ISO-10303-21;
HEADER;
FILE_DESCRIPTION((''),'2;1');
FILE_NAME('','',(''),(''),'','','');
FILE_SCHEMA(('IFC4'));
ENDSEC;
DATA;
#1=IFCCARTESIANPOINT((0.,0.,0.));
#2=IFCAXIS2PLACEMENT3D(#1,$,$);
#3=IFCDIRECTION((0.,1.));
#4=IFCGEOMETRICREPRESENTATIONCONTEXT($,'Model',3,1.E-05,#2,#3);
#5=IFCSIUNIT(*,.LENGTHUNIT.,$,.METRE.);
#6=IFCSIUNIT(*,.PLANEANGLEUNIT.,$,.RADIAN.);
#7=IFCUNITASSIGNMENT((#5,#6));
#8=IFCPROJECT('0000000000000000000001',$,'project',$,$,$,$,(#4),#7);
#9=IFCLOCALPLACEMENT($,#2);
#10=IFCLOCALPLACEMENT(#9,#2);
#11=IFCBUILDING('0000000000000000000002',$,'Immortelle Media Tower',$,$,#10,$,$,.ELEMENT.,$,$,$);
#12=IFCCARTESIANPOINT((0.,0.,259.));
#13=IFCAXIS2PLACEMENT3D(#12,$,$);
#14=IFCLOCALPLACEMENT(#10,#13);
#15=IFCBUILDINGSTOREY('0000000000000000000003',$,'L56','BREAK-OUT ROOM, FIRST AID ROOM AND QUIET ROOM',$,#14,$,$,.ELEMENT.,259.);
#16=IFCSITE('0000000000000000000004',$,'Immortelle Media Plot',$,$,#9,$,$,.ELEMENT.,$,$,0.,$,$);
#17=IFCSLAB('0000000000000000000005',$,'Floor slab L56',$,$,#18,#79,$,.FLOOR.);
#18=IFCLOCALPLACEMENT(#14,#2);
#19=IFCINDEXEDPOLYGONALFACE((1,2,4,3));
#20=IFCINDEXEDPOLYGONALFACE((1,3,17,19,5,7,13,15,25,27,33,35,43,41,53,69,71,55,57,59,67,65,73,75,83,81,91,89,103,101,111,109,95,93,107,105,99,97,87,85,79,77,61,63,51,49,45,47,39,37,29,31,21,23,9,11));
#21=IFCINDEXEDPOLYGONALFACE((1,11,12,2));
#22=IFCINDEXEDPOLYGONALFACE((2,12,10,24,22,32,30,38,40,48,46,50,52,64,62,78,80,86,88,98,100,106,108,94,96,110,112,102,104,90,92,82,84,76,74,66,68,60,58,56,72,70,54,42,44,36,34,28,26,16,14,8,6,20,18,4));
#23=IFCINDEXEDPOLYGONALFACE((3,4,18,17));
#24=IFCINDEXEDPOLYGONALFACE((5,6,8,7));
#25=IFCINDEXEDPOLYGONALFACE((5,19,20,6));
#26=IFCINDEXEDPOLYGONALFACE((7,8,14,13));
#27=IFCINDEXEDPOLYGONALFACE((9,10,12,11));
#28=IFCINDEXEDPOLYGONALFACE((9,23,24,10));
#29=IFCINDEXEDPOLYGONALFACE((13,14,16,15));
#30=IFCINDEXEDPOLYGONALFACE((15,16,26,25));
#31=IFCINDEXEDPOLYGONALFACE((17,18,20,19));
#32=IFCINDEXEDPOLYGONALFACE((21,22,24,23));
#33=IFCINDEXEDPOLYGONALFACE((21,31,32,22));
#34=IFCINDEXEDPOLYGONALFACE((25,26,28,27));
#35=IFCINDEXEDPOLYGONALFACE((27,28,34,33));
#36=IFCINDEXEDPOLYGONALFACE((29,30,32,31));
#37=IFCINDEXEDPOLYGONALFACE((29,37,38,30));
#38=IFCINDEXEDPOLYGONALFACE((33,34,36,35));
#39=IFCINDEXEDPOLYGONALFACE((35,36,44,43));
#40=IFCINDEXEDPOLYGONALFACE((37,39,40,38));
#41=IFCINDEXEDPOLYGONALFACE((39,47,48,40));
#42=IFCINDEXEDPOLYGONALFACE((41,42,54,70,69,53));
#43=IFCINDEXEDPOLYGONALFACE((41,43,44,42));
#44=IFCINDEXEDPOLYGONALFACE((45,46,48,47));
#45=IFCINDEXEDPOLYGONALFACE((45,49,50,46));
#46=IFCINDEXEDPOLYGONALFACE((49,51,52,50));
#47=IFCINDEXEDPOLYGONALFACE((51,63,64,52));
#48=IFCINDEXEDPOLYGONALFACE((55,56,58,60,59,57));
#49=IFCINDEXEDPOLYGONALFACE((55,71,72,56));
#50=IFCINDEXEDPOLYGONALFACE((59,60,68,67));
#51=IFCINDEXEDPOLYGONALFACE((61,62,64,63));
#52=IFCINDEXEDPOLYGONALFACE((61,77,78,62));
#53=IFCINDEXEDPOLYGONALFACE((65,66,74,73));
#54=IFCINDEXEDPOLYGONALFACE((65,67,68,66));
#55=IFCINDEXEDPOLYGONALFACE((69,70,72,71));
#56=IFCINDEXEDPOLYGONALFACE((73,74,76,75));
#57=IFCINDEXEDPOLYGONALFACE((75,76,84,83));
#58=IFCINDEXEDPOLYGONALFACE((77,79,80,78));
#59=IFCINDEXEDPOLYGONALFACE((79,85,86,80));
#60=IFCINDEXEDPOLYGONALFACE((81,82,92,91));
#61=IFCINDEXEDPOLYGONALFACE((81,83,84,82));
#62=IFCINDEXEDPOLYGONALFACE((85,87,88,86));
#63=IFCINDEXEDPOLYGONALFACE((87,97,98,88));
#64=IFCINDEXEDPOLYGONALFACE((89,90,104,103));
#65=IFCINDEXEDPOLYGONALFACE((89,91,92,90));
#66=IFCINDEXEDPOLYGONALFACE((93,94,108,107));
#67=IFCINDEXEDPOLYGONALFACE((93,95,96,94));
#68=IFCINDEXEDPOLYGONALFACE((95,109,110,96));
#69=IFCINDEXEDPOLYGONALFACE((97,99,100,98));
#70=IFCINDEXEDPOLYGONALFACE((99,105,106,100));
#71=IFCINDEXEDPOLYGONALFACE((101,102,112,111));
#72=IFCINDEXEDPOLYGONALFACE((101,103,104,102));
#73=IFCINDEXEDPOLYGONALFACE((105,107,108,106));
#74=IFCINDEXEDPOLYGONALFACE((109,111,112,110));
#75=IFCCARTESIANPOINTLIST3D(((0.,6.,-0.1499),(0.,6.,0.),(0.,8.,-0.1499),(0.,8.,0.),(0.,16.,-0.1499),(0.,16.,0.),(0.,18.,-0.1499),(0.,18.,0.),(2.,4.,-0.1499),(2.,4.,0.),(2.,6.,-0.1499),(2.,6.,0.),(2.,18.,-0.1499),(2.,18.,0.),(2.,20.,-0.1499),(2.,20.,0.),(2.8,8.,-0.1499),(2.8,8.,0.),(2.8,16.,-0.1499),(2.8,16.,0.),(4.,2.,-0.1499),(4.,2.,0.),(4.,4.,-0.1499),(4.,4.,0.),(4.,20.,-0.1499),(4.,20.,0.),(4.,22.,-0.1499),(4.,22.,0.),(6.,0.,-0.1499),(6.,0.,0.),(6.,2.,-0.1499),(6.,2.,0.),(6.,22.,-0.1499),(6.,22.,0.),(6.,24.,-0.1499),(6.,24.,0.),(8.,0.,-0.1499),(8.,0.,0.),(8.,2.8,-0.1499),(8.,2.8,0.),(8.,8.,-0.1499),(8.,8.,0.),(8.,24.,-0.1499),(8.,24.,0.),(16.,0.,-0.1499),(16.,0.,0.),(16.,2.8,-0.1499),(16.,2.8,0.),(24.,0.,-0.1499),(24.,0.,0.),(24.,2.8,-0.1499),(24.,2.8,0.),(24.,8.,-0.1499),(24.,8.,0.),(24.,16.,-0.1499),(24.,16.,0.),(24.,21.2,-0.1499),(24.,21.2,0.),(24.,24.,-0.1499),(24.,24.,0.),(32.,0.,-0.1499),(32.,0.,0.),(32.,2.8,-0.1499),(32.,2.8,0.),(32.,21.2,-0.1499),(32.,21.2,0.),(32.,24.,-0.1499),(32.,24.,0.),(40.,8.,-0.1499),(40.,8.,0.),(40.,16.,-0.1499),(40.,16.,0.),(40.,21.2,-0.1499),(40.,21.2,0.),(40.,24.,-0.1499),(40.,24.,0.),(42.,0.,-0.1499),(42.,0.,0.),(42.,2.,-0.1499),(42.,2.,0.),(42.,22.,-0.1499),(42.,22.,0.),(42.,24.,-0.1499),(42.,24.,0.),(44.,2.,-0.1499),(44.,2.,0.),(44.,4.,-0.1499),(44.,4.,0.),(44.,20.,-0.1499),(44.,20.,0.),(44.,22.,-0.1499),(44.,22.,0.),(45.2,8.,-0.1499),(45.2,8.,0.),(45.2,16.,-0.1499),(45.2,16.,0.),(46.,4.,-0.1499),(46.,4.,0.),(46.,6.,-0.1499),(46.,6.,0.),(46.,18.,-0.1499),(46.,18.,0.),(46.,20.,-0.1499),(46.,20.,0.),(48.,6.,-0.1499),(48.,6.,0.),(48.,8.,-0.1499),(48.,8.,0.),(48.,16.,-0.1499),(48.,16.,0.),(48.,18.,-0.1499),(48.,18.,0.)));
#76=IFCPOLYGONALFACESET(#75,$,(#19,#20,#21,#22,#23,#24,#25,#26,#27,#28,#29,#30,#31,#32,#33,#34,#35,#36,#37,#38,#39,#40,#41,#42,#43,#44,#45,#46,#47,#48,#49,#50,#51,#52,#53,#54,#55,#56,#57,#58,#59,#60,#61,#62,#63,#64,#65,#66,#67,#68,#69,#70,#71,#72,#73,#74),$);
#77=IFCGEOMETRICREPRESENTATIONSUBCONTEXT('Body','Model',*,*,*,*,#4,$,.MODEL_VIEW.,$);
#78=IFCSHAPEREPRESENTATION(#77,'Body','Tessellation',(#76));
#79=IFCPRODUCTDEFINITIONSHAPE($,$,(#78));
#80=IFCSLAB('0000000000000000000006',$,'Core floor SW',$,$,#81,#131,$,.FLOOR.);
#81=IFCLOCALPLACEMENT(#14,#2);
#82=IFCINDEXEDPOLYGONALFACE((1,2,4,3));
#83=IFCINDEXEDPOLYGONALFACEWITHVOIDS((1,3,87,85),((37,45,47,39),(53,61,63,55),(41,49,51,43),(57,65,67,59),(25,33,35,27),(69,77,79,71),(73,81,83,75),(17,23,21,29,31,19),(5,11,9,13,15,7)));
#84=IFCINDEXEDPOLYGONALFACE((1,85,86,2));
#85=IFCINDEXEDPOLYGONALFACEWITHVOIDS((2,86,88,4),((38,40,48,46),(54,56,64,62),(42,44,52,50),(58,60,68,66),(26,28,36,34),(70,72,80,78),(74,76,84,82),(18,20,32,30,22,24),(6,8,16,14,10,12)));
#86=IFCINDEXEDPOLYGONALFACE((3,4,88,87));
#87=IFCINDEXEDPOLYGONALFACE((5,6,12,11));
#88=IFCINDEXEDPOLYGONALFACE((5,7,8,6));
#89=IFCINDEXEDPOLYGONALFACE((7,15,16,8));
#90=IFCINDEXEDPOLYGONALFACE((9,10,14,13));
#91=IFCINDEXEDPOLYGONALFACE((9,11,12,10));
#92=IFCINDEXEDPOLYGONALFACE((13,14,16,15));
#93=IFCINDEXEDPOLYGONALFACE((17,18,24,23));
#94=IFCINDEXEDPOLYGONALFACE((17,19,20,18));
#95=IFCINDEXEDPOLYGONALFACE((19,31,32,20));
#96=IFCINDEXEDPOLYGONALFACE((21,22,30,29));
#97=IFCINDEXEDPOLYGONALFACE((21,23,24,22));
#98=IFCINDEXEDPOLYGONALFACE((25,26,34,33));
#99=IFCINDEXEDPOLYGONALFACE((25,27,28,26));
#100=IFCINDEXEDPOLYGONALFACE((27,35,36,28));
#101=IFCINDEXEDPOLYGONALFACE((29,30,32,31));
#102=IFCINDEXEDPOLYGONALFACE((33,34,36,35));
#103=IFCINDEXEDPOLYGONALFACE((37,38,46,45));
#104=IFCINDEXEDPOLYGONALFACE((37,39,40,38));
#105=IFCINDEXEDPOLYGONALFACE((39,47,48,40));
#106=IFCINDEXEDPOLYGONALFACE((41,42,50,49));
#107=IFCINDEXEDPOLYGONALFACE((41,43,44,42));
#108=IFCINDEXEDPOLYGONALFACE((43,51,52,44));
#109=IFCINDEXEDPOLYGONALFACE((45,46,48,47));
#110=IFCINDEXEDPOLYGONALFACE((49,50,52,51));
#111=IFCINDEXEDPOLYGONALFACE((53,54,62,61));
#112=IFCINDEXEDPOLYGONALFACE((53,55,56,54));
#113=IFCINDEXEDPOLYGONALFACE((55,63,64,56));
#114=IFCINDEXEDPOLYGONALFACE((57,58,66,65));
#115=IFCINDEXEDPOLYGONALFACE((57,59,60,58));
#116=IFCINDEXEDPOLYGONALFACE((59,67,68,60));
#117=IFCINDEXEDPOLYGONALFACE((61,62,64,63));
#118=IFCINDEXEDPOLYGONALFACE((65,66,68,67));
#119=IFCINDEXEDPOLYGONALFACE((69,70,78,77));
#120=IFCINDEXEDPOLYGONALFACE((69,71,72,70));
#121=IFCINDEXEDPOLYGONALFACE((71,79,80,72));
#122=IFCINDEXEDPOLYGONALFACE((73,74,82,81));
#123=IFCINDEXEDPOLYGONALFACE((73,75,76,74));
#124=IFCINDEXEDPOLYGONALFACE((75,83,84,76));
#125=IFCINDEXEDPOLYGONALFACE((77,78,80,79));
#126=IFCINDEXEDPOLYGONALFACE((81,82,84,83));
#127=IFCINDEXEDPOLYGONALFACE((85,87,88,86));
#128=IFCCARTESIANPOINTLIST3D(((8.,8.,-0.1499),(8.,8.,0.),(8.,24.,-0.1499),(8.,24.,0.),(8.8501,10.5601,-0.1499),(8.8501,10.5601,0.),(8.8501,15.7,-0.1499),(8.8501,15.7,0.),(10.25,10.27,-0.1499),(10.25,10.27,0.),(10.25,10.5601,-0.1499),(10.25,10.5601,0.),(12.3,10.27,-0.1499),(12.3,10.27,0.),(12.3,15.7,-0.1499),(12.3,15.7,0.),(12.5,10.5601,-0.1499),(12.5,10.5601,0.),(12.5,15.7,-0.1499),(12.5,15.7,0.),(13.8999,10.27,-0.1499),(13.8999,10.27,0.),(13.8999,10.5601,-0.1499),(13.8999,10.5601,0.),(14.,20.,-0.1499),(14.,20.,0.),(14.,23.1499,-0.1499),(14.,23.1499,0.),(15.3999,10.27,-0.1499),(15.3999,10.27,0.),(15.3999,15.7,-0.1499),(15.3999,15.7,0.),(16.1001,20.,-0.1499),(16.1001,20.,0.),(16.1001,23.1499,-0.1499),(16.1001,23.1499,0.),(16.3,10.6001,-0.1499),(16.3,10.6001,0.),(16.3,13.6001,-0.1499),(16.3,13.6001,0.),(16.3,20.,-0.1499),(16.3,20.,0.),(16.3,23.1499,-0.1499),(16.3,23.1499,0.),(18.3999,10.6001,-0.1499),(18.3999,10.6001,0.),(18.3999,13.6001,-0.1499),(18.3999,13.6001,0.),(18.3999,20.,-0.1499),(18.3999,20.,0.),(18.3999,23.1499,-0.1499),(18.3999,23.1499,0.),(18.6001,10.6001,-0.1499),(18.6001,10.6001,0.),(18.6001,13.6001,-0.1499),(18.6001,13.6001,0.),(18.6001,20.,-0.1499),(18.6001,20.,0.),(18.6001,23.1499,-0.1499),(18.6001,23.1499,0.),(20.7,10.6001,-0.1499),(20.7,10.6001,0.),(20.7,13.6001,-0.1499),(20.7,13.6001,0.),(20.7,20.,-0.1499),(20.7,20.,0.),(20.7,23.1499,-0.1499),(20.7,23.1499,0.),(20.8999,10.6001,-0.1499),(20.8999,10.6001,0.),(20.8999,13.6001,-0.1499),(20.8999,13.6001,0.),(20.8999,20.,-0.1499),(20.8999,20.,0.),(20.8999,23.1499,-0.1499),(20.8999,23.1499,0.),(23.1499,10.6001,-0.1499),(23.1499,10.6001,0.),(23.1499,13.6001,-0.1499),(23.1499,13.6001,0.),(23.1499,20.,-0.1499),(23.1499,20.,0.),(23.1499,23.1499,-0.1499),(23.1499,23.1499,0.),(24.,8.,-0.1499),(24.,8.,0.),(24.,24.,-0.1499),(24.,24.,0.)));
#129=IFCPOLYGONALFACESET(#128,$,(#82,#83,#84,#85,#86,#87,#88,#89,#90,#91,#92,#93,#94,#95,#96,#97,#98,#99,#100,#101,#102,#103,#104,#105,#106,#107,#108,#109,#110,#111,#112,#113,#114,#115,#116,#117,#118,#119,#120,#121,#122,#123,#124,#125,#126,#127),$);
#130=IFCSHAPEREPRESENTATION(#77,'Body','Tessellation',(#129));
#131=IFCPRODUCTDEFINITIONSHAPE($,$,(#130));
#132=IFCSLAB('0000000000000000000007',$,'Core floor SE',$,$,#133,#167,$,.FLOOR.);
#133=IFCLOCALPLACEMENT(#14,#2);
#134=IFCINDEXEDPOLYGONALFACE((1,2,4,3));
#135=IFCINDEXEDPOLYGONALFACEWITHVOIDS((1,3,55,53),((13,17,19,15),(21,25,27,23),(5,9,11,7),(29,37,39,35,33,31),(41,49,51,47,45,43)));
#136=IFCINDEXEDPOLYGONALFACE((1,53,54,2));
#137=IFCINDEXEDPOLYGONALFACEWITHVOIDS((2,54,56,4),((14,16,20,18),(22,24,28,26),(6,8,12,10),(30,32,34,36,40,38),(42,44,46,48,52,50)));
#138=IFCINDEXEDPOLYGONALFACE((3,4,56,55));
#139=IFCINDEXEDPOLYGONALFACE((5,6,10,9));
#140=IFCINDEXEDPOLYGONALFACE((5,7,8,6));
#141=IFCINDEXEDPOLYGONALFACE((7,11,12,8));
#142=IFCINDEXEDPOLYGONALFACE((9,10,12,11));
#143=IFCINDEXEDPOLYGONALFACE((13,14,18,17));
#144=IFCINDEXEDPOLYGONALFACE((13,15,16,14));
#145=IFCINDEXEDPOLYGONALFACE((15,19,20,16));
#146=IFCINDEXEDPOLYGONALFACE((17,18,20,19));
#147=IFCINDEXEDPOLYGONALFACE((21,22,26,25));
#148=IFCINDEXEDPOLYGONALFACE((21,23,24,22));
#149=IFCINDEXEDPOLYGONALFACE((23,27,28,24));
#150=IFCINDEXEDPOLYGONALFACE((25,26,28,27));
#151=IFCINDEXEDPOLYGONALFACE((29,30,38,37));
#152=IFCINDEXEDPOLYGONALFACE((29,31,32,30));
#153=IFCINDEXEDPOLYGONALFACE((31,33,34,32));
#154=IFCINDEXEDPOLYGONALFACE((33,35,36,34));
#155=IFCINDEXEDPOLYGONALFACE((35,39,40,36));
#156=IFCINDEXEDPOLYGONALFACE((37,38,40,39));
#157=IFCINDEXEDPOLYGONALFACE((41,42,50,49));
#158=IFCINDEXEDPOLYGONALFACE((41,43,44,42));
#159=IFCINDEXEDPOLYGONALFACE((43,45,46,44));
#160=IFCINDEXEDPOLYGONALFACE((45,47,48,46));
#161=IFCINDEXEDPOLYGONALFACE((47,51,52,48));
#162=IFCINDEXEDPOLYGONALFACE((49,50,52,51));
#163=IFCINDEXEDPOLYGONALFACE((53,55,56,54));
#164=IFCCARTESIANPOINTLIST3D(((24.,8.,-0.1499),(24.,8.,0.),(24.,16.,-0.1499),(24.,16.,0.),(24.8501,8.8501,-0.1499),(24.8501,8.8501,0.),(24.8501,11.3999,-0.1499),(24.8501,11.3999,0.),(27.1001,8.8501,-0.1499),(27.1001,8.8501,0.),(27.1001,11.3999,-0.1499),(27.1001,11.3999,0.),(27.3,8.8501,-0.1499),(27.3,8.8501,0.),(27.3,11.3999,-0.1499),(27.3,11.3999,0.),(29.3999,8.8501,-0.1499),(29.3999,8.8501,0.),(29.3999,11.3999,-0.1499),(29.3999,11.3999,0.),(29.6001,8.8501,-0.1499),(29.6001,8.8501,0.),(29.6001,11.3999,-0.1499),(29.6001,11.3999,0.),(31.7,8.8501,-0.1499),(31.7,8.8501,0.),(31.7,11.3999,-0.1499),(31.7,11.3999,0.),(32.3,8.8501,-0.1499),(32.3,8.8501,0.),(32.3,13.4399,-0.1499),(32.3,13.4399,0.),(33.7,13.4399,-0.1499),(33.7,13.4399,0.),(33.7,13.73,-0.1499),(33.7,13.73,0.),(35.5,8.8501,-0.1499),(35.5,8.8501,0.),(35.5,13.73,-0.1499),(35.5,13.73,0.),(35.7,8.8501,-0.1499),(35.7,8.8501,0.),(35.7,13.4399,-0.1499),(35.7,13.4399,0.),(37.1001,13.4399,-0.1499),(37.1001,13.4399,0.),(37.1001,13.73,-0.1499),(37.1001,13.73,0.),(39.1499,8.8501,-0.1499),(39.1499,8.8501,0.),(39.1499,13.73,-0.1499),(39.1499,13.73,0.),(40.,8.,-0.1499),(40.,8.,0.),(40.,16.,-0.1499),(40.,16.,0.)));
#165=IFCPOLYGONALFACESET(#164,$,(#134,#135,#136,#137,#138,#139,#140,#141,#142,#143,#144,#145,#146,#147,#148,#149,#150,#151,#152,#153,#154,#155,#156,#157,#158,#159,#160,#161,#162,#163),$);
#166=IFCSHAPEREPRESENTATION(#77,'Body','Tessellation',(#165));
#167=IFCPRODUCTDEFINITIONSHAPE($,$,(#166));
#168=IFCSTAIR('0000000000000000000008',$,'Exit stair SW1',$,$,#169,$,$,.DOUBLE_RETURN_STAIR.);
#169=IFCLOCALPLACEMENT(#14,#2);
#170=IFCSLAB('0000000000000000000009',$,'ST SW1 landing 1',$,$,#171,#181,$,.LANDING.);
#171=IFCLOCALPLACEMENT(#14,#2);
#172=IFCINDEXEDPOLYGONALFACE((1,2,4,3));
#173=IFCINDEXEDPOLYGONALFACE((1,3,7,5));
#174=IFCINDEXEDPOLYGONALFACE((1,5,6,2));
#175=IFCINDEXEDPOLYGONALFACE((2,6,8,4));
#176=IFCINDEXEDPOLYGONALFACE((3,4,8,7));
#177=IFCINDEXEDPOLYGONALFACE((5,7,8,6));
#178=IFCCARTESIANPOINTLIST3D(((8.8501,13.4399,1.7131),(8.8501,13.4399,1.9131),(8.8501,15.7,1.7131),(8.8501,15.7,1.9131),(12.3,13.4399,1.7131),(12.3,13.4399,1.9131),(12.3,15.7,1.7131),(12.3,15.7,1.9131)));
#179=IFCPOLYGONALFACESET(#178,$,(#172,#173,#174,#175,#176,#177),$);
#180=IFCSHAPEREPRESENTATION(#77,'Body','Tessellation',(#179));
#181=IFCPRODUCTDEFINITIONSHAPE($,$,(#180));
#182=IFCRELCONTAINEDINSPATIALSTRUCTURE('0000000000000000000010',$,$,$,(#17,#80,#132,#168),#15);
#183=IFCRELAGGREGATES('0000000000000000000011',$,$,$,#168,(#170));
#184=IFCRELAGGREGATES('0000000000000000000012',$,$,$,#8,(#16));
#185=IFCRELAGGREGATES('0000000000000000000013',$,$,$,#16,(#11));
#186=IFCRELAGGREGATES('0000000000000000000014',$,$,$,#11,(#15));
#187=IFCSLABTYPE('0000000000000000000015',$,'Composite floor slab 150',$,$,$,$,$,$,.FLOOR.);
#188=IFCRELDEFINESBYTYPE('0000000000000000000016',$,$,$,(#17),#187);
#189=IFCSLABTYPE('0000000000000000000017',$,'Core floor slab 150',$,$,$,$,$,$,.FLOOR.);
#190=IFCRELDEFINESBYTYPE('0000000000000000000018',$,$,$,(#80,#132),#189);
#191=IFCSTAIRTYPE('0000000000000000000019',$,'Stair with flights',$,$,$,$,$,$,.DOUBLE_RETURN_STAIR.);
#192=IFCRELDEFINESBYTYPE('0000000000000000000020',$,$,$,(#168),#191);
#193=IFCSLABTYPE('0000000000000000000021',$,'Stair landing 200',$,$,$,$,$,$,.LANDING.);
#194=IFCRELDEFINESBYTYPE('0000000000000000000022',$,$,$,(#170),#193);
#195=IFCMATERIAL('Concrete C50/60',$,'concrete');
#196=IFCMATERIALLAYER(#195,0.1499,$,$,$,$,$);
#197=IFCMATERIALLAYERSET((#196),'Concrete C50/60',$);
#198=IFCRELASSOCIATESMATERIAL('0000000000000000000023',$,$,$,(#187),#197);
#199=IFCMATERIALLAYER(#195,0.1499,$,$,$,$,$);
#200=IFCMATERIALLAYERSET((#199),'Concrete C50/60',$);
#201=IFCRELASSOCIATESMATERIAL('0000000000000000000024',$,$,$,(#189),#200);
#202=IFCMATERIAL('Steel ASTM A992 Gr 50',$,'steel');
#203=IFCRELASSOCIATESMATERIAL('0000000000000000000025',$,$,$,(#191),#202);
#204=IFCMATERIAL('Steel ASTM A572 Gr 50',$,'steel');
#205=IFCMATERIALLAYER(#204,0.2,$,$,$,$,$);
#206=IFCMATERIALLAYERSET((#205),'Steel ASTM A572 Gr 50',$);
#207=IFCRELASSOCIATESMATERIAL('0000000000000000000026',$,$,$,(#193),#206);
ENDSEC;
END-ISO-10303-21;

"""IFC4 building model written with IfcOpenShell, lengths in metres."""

from ifc_helpers import new_model, si_unit, direction, frame, origin, place, context, subcontext, project, spatial, polyline, outline, extrude, material, layer, layer_set, type_object, element, aggregate, save


model = new_model("IFC4")

# Units and contexts
model_context = context("Model", 3, precision=1e-05, world=origin(), true_north=direction((0.0, 1.0)))
body_context = subcontext(model_context, "Body", "Model", "MODEL_VIEW")
ifc_project = project(units=[si_unit("LENGTHUNIT", "METRE"), si_unit("PLANEANGLEUNIT", "RADIAN")], contexts=[model_context])

# Site, building, storey
site_placement = place(None, origin())
site = spatial("IfcSite", under=ifc_project, at=site_placement, Name="Immortelle Media Plot", CompositionType="ELEMENT", RefElevation=0.0)
building_placement = place(site_placement, origin())
building = spatial("IfcBuilding", under=site, at=building_placement, Name="Immortelle Media Tower", CompositionType="ELEMENT")
storey_placement = place(building_placement, frame((0.0, 0.0, 259.0)))
storey = spatial("IfcBuildingStorey", under=building, at=storey_placement, Name="L56", Description="BREAK-OUT ROOM, FIRST AID ROOM AND QUIET ROOM", CompositionType="ELEMENT", Elevation=259.0)

# Shared definitions
ifc_material_1 = material(Name="Steel ASTM A992 Gr 50", Category="steel")

# Slabs
ifc_material_2 = material(Name="Concrete C50/60", Category="concrete")
ifc_layer_1 = layer(ifc_material_2, 0.1499)
ifc_layer_set_1 = layer_set([ifc_layer_1], Name="Concrete C50/60")
slab_type_1 = type_object("IfcSlabType", Name="Composite floor slab 150", PredefinedType="FLOOR", material=ifc_layer_set_1)
slab_1_placement = place(storey_placement, frame((0.0, 0.0, -0.1499)))
element("IfcSlab", 1, at=slab_1_placement, inside=storey, type_object=slab_type_1, Name="Floor slab L56", PredefinedType="FLOOR", context=body_context, shape_type="SweptSolid", body=[
    extrude(outline(polyline([(6.0, 0.0), (6.0, 2.0), (4.0, 2.0), (4.0, 4.0), (2.0, 4.0), (2.0, 6.0), (0.0, 6.0), (0.0, 8.0), (2.8, 8.0), (2.8, 16.0), (0.0, 16.0), (0.0, 18.0), (2.0, 18.0), (2.0, 20.0), (4.0, 20.0), (4.0, 22.0), (6.0, 22.0), (6.0, 24.0), (8.0, 24.0), (8.0, 8.0), (24.0, 8.0), (40.0, 8.0), (40.0, 16.0), (24.0, 16.0), (24.0, 21.2), (24.0, 24.0), (32.0, 24.0), (32.0, 21.2), (40.0, 21.2), (40.0, 24.0), (42.0, 24.0), (42.0, 22.0), (44.0, 22.0), (44.0, 20.0), (46.0, 20.0), (46.0, 18.0), (48.0, 18.0), (48.0, 16.0), (45.2, 16.0), (45.2, 8.0), (48.0, 8.0), (48.0, 6.0), (46.0, 6.0), (46.0, 4.0), (44.0, 4.0), (44.0, 2.0), (42.0, 2.0), (42.0, 0.0), (32.0, 0.0), (32.0, 2.8), (24.0, 2.8), (24.0, 0.0), (16.0, 0.0), (16.0, 2.8), (8.0, 2.8), (8.0, 0.0), (6.0, 0.0)])), origin(), (0.0, 0.0, 1.0), 0.1499),
])
ifc_layer_2 = layer(ifc_material_2, 0.1499)
ifc_layer_set_2 = layer_set([ifc_layer_2], Name="Concrete C50/60")
slab_type_2 = type_object("IfcSlabType", Name="Core floor slab 150", PredefinedType="FLOOR", material=ifc_layer_set_2)
slab_2_placement = place(storey_placement, frame((0.0, 0.0, -0.1499)))
element("IfcSlab", 2, at=slab_2_placement, inside=storey, type_object=slab_type_2, Name="Core floor SW", PredefinedType="FLOOR", context=body_context, shape_type="SweptSolid", body=[
    extrude(outline(polyline([(8.0, 8.0), (24.0, 8.0), (24.0, 24.0), (8.0, 24.0), (8.0, 8.0)]), holes=[polyline([(14.0, 20.0), (16.1001, 20.0), (16.1001, 23.1499), (14.0, 23.1499), (14.0, 20.0)]), polyline([(16.3, 20.0), (18.3999, 20.0), (18.3999, 23.1499), (16.3, 23.1499), (16.3, 20.0)]), polyline([(18.6001, 20.0), (20.7, 20.0), (20.7, 23.1499), (18.6001, 23.1499), (18.6001, 20.0)]), polyline([(20.8999, 20.0), (23.1499, 20.0), (23.1499, 23.1499), (20.8999, 23.1499), (20.8999, 20.0)]), polyline([(16.3, 10.6001), (18.3999, 10.6001), (18.3999, 13.6001), (16.3, 13.6001), (16.3, 10.6001)]), polyline([(18.6001, 10.6001), (20.7, 10.6001), (20.7, 13.6001), (18.6001, 13.6001), (18.6001, 10.6001)]), polyline([(20.8999, 10.6001), (23.1499, 10.6001), (23.1499, 13.6001), (20.8999, 13.6001), (20.8999, 10.6001)]), polyline([(8.8501, 15.7), (12.3, 15.7), (12.3, 10.27), (10.25, 10.27), (10.25, 10.5601), (8.8501, 10.5601), (8.8501, 15.7)]), polyline([(12.5, 15.7), (15.3999, 15.7), (15.3999, 10.27), (13.8999, 10.27), (13.8999, 10.5601), (12.5, 10.5601), (12.5, 15.7)])]), origin(), (0.0, 0.0, 1.0), 0.1499),
])
slab_3_placement = place(storey_placement, frame((0.0, 0.0, -0.1499)))
element("IfcSlab", 3, at=slab_3_placement, inside=storey, type_object=slab_type_2, Name="Core floor SE", PredefinedType="FLOOR", context=body_context, shape_type="SweptSolid", body=[
    extrude(outline(polyline([(24.0, 8.0), (40.0, 8.0), (40.0, 16.0), (24.0, 16.0), (24.0, 8.0)]), holes=[polyline([(24.8501, 8.8501), (27.1001, 8.8501), (27.1001, 11.3999), (24.8501, 11.3999), (24.8501, 8.8501)]), polyline([(27.3, 8.8501), (29.3999, 8.8501), (29.3999, 11.3999), (27.3, 11.3999), (27.3, 8.8501)]), polyline([(29.6001, 8.8501), (31.7, 8.8501), (31.7, 11.3999), (29.6001, 11.3999), (29.6001, 8.8501)]), polyline([(35.5, 13.73), (35.5, 8.8501), (32.3, 8.8501), (32.3, 13.4399), (33.7, 13.4399), (33.7, 13.73), (35.5, 13.73)]), polyline([(39.1499, 13.73), (39.1499, 8.8501), (35.7, 8.8501), (35.7, 13.4399), (37.1001, 13.4399), (37.1001, 13.73), (39.1499, 13.73)])]), origin(), (0.0, 0.0, 1.0), 0.1499),
])

# Stair, slab
stair_type = type_object("IfcStairType", Name="Stair with flights", PredefinedType="DOUBLE_RETURN_STAIR", material=ifc_material_1)
stair_1_placement = place(storey_placement, origin())
stair_1 = element("IfcStair", 4, at=stair_1_placement, inside=storey, type_object=stair_type, Name="Exit stair SW1", PredefinedType="DOUBLE_RETURN_STAIR")
ifc_material_3 = material(Name="Steel ASTM A572 Gr 50", Category="steel")
ifc_layer_3 = layer(ifc_material_3, 0.2)
ifc_layer_set_3 = layer_set([ifc_layer_3], Name="Steel ASTM A572 Gr 50")
slab_type_3 = type_object("IfcSlabType", Name="Stair landing 200", PredefinedType="LANDING", material=ifc_layer_set_3)
slab_4_placement = place(storey_placement, frame((0.0, 0.0, 1.7131)))
slab_4 = element("IfcSlab", 5, at=slab_4_placement, type_object=slab_type_3, Name="ST SW1 landing 1", PredefinedType="LANDING", context=body_context, shape_type="SweptSolid", body=[
    extrude(outline(polyline([(8.8501, 13.4399), (12.3, 13.4399), (12.3, 15.7), (8.8501, 15.7), (8.8501, 13.4399)])), origin(), (0.0, 0.0, 1.0), 0.2),
])
aggregate(stair_1, [slab_4])

save(model, "model.ifc")
